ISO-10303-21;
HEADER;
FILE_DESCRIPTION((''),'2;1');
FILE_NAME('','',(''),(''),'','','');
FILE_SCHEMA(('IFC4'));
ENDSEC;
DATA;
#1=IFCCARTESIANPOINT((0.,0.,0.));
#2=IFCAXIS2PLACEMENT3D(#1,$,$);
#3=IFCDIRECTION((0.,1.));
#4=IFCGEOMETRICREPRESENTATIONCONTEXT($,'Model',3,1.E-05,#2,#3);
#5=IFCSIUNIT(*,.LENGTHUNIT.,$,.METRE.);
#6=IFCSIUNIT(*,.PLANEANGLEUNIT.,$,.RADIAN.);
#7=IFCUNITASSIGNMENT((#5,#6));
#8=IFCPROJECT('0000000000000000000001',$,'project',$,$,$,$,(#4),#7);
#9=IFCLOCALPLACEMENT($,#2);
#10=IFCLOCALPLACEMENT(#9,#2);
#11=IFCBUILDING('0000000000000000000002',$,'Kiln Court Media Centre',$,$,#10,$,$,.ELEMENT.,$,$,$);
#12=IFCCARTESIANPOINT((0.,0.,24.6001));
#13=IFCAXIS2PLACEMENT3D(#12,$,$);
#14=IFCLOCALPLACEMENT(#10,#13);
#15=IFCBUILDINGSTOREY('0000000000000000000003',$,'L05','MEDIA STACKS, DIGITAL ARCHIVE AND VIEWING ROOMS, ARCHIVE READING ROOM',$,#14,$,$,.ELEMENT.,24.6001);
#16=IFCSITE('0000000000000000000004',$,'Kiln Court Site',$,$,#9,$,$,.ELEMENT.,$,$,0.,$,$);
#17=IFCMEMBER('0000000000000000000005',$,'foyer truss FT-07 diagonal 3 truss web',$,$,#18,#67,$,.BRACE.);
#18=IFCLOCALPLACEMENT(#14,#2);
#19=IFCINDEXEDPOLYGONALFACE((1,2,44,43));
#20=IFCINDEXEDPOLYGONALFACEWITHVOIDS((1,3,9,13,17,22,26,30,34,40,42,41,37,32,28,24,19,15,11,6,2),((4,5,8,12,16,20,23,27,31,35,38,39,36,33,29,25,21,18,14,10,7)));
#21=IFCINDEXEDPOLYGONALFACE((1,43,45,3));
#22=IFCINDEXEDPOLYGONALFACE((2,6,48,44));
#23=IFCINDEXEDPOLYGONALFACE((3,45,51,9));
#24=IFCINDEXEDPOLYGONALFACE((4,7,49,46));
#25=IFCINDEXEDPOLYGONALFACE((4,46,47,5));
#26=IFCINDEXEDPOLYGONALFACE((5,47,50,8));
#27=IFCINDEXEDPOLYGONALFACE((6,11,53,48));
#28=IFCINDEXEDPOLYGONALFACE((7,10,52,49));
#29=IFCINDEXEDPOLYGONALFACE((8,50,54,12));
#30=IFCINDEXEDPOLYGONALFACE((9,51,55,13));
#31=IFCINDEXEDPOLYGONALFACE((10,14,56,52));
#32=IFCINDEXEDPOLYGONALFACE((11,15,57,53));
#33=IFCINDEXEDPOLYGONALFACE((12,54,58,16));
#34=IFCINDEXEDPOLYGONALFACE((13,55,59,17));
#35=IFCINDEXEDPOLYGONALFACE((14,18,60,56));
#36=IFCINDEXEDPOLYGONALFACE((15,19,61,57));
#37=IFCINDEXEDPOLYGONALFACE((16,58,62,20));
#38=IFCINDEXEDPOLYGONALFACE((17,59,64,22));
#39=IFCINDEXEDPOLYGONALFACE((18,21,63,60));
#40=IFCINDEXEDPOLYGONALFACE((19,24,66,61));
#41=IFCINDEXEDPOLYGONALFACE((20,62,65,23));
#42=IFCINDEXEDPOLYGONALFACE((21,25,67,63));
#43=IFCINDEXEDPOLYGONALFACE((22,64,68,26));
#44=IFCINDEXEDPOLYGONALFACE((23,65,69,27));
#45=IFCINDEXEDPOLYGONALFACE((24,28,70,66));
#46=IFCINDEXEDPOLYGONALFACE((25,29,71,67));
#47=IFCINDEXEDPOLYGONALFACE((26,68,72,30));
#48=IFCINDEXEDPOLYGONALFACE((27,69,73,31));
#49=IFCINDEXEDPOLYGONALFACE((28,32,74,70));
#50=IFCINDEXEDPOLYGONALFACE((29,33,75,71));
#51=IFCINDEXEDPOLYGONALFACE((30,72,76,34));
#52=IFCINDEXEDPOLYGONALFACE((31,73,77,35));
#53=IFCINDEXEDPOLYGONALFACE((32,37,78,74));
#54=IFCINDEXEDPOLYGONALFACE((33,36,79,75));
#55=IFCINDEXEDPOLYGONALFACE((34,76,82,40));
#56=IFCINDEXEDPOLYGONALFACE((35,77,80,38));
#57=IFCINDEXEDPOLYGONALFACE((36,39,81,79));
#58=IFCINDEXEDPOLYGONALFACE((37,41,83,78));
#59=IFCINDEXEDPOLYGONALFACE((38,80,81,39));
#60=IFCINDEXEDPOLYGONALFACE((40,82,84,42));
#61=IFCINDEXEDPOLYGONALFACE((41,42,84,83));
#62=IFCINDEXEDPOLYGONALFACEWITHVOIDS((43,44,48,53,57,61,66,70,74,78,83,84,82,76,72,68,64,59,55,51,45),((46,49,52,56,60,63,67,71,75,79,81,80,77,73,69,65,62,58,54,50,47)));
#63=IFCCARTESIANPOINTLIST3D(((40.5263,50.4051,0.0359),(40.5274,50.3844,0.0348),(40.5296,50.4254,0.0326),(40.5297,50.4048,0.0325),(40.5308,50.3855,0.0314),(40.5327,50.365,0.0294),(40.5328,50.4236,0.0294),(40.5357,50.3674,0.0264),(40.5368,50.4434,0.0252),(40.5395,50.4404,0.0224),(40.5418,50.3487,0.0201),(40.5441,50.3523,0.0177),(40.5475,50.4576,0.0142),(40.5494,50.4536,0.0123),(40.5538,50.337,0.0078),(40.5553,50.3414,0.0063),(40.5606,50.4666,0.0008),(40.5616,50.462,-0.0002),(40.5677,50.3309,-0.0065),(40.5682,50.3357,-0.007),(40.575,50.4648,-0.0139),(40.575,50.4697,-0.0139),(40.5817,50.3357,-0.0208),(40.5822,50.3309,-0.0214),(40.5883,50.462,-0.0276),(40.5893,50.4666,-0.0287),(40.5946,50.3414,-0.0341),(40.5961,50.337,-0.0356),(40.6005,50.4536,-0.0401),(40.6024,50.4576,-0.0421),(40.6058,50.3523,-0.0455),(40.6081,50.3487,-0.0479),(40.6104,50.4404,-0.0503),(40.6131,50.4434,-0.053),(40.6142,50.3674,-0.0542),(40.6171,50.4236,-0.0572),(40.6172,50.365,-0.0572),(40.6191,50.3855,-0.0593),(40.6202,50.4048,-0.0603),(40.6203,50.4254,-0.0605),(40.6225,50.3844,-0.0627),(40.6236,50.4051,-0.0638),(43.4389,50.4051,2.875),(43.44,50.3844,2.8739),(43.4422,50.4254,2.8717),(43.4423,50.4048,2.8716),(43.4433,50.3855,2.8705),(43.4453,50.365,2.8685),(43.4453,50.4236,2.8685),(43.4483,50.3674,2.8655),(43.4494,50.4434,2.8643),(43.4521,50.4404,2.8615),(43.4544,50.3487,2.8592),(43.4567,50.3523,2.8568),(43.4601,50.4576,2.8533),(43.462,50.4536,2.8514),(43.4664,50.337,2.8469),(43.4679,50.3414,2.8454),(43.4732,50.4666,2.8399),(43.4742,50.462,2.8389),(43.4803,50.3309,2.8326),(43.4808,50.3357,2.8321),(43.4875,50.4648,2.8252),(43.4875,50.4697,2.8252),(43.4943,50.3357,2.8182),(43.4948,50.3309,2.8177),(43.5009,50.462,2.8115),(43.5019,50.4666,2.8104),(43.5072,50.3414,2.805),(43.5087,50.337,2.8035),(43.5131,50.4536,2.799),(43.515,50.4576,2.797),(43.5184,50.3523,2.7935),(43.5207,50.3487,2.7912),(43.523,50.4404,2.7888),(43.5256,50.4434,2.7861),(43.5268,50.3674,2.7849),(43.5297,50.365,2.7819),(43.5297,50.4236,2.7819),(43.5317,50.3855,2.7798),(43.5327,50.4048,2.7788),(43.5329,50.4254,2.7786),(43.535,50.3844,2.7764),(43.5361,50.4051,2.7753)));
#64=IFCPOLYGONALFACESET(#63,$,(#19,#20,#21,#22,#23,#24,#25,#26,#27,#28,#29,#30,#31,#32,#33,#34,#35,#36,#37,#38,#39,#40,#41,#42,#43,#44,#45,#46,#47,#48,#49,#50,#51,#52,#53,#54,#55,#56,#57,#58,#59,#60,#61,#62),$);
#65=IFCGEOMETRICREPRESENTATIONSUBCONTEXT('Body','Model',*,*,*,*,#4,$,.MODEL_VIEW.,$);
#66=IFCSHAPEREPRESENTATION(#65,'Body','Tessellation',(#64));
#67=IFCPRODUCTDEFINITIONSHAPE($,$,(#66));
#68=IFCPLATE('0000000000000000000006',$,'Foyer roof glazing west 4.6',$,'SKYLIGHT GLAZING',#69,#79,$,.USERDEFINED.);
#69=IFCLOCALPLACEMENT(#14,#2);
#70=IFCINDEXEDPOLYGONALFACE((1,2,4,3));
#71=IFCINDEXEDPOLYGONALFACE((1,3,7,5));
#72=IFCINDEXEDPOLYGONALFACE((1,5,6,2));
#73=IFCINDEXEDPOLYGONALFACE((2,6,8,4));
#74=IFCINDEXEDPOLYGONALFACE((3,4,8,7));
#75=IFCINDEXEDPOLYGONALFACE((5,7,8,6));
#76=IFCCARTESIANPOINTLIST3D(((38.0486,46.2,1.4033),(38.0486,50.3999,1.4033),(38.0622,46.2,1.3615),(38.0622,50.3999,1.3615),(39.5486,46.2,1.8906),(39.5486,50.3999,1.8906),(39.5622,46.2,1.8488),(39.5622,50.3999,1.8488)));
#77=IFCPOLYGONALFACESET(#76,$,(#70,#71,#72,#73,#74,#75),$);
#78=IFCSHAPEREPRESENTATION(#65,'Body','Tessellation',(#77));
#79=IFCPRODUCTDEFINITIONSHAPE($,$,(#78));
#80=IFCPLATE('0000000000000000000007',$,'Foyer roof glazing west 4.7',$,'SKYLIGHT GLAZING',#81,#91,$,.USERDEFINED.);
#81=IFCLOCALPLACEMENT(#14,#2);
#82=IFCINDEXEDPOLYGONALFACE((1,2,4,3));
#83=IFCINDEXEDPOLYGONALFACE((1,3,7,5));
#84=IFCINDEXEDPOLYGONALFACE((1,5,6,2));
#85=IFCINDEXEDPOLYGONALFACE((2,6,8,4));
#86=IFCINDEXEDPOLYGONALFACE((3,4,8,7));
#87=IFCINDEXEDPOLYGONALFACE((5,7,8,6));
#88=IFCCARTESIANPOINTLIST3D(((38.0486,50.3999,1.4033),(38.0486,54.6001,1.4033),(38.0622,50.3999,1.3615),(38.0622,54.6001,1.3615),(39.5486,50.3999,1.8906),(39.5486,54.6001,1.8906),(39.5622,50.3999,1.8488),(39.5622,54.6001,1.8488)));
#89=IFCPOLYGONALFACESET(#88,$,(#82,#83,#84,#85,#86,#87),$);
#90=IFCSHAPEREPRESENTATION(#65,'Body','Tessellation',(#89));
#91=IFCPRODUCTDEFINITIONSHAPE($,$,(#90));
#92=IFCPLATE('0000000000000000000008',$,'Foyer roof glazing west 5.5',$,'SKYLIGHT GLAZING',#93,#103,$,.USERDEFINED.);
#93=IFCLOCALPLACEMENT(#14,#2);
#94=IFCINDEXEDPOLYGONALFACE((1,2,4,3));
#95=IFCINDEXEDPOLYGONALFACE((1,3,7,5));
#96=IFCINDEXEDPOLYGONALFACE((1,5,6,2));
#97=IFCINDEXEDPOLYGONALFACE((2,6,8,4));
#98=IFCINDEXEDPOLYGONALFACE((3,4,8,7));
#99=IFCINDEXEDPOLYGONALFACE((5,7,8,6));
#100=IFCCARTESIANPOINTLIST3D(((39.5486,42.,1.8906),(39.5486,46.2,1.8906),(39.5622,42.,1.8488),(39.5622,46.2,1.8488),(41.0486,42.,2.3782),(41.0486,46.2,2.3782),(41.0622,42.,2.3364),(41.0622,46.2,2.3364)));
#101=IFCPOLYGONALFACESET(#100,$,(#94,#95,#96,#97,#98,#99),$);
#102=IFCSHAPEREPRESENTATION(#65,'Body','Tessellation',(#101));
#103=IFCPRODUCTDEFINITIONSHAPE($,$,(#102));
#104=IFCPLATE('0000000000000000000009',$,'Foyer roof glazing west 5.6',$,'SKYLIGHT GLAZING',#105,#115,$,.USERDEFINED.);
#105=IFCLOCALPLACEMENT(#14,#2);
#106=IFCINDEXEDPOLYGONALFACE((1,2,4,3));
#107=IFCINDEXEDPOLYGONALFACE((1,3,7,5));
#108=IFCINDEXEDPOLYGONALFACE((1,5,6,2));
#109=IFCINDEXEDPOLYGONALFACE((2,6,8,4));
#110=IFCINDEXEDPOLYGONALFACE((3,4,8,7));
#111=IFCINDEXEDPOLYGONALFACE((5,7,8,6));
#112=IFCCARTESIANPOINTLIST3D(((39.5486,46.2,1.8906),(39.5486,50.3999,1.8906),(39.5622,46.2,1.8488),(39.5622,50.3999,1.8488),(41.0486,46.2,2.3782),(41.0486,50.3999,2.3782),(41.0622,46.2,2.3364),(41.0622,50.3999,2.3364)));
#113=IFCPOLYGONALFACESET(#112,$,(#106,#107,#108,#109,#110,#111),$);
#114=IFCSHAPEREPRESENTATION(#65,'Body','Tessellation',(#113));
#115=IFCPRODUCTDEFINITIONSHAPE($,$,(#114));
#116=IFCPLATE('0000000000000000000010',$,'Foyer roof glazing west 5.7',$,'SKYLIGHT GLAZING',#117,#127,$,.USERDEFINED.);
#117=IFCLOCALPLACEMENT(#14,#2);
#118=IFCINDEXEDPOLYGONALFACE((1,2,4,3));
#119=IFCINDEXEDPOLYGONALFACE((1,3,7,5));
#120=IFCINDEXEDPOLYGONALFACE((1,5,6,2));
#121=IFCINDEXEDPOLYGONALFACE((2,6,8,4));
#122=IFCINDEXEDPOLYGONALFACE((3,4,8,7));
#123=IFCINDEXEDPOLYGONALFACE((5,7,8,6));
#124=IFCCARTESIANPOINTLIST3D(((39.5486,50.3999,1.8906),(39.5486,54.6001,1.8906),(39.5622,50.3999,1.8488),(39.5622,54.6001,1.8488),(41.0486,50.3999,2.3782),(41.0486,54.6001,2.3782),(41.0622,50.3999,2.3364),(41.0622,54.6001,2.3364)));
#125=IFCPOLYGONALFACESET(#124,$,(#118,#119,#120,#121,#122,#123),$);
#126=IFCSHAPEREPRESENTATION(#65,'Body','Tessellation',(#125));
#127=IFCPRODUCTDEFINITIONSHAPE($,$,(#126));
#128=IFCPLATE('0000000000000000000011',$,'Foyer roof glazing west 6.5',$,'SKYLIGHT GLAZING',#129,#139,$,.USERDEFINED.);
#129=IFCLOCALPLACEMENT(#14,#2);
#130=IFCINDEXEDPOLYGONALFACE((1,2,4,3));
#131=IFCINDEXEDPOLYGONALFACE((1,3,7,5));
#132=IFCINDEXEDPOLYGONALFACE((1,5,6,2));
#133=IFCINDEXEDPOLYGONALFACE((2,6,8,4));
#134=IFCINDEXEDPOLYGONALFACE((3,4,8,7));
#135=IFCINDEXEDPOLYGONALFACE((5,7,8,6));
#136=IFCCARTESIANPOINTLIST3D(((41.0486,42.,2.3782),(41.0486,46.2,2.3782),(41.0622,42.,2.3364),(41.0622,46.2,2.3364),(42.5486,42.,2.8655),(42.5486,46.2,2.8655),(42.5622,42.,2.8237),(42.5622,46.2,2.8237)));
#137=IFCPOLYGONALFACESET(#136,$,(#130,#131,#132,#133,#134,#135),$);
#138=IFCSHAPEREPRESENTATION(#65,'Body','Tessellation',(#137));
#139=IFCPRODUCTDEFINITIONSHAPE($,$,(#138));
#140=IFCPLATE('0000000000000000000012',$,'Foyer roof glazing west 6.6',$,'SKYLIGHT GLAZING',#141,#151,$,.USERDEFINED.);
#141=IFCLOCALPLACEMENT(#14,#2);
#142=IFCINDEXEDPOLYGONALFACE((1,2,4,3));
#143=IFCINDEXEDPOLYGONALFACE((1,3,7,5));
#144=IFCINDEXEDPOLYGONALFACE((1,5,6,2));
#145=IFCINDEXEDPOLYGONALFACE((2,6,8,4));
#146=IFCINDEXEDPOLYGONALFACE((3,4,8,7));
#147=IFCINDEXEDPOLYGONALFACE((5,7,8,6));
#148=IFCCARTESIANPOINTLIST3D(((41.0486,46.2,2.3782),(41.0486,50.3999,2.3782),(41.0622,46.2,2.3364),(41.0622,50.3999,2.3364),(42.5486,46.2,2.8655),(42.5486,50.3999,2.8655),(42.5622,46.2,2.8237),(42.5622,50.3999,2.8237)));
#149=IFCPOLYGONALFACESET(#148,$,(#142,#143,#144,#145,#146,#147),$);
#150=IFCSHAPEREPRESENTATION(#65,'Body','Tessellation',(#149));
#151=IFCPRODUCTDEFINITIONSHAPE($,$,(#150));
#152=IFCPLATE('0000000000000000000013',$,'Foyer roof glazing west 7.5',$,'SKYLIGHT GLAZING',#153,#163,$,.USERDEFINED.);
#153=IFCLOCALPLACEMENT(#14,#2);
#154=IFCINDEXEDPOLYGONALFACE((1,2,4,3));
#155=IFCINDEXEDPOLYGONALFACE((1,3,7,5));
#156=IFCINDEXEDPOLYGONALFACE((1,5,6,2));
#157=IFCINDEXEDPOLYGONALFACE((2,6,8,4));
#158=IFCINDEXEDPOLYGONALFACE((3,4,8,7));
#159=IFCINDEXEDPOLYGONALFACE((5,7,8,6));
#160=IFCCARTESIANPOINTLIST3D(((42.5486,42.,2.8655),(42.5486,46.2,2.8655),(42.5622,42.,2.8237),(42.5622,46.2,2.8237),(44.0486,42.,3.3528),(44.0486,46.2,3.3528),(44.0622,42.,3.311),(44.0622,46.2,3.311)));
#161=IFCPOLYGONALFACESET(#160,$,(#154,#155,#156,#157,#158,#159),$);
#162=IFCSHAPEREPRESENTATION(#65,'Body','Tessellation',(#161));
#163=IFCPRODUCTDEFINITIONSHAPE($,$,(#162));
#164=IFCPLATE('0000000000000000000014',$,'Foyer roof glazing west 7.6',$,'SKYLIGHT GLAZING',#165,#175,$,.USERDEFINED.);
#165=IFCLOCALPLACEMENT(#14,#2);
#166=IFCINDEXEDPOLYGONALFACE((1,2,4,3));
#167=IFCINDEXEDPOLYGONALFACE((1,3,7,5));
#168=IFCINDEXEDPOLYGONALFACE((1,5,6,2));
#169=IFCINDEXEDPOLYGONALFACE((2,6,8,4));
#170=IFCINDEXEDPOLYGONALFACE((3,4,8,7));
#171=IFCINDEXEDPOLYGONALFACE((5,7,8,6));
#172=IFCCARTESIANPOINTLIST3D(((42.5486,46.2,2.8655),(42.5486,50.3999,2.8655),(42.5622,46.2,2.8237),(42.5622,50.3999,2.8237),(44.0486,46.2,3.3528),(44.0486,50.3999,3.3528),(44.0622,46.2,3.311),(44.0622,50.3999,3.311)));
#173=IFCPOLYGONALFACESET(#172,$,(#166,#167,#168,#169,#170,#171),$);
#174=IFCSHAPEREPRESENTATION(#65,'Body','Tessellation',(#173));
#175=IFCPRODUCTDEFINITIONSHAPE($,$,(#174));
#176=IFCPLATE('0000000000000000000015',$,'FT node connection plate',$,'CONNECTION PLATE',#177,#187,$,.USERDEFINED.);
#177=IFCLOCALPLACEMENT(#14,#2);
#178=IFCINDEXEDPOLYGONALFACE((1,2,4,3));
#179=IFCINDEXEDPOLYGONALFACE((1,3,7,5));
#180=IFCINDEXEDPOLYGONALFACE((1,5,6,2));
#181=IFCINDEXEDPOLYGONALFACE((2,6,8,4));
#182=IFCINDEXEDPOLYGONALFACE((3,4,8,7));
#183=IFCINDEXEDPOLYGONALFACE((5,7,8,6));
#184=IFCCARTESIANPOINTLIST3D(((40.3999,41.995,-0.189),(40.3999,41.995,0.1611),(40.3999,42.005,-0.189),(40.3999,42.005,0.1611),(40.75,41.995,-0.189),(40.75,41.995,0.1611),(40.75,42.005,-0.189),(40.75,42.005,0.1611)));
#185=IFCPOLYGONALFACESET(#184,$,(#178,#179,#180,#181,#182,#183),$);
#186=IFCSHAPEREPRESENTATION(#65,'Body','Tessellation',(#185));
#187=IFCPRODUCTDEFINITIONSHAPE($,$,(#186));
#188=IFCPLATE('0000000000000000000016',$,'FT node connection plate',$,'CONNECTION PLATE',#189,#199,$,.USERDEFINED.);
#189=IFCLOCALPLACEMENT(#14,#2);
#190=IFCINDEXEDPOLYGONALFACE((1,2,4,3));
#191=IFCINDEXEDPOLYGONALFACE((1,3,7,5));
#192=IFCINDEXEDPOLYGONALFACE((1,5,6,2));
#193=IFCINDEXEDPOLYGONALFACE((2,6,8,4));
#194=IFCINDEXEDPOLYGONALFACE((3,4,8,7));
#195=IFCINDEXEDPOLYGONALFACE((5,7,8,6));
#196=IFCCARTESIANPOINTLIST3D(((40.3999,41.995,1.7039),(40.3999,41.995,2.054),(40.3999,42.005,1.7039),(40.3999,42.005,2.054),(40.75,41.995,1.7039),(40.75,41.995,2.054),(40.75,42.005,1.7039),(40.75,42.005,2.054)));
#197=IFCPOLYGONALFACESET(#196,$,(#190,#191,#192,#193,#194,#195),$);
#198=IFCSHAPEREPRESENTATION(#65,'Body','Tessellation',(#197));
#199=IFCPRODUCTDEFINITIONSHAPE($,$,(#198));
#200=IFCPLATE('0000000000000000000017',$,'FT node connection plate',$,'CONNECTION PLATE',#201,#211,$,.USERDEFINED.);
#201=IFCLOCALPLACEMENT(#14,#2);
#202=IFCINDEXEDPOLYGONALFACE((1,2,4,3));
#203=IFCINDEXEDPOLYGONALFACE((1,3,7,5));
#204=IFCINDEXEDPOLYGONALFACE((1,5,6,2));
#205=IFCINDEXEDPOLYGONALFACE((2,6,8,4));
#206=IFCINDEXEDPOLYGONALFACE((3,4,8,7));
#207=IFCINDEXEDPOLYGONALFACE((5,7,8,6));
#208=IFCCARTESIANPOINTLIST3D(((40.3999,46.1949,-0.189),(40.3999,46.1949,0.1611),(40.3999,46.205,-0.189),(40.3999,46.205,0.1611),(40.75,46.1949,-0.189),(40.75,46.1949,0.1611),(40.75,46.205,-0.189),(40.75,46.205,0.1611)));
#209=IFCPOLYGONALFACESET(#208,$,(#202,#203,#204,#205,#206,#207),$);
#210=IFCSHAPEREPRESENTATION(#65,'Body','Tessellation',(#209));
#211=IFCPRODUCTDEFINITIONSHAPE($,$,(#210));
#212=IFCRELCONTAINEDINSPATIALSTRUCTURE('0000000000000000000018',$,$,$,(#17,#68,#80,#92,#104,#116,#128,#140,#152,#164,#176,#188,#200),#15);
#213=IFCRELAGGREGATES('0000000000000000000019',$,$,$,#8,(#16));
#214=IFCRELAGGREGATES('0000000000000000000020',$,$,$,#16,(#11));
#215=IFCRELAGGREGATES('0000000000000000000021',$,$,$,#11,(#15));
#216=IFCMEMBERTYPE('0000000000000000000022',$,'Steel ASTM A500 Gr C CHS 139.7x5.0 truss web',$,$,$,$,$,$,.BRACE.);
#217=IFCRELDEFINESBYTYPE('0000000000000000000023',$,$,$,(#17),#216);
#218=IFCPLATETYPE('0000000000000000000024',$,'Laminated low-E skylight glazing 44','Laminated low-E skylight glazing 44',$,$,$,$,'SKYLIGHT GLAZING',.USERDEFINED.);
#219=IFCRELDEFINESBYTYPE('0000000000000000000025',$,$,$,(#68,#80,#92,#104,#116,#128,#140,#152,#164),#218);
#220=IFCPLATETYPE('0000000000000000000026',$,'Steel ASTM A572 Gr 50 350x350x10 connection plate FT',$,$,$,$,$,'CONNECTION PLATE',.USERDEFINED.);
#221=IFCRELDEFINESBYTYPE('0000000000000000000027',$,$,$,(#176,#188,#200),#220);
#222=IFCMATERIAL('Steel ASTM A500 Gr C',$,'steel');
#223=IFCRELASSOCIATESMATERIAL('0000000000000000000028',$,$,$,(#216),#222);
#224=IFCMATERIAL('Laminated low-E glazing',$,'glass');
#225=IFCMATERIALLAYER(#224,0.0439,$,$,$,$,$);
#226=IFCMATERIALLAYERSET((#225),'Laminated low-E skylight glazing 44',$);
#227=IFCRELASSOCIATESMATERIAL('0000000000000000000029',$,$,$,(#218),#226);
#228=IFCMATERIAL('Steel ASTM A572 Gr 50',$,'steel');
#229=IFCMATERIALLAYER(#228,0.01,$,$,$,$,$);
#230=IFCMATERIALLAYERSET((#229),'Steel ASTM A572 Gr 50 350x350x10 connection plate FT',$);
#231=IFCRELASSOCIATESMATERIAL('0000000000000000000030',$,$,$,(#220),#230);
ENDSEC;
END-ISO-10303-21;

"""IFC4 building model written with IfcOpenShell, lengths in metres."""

from ifc_helpers import new_model, si_unit, direction, frame, origin, origin_2d, place, context, subcontext, project, spatial, polyline, rectangle, hollow_circle, outline, extrude, material, layer, layer_set, material_profile, profile_set, type_object, element, save


model = new_model("IFC4")

# Units and contexts
model_context = context("Model", 3, precision=1e-05, world=origin(), true_north=direction((0.0, 1.0)))
body_context = subcontext(model_context, "Body", "Model", "MODEL_VIEW")
ifc_project = project(units=[si_unit("LENGTHUNIT", "METRE"), si_unit("PLANEANGLEUNIT", "RADIAN")], contexts=[model_context])

# Site, building, storey
site_placement = place(None, origin())
site = spatial("IfcSite", under=ifc_project, at=site_placement, Name="Kiln Court Site", CompositionType="ELEMENT", RefElevation=0.0)
building_placement = place(site_placement, origin())
building = spatial("IfcBuilding", under=site, at=building_placement, Name="Kiln Court Media Centre", CompositionType="ELEMENT")
storey_placement = place(building_placement, frame((0.0, 0.0, 24.6001)))
storey = spatial("IfcBuildingStorey", under=building, at=storey_placement, Name="L05", Description="MEDIA STACKS, DIGITAL ARCHIVE AND VIEWING ROOMS, ARCHIVE READING ROOM", CompositionType="ELEMENT", Elevation=24.6001)

# Member
ifc_material_1 = material(Name="Steel ASTM A500 Gr C", Category="steel")
ifc_material_profile_1 = material_profile(ifc_material_1, hollow_circle(Radius=0.0698, WallThickness=0.0049, at=origin_2d()), Name="CHS 139.7x5.0")
ifc_profile_set_1 = profile_set([ifc_material_profile_1], Name="Steel ASTM A500 Gr C")
member_type_1 = type_object("IfcMemberType", Name="Steel ASTM A500 Gr C CHS 139.7x5.0 truss web", PredefinedType="BRACE", material=ifc_profile_set_1)
member_1_placement = place(storey_placement, frame((40.575, 50.3999, -0.0139), z_axis=(0.716083, 0.0, 0.698016), x_axis=(0.0, 1.0, 0.0)))
element("IfcMember", 1, at=member_1_placement, inside=storey, type_object=member_type_1, Name="foyer truss FT-07 diagonal 3 truss web", PredefinedType="BRACE", context=body_context, shape_type="SweptSolid", body=[
    extrude(hollow_circle(Radius=0.0698, WallThickness=0.0049, at=origin_2d()), origin(), (0.0, 0.0, 1.0), 4.0674),
])

# Plates
ifc_material_2 = material(Name="Laminated low-E glazing", Category="glass")
ifc_layer_1 = layer(ifc_material_2, 0.0439)
ifc_layer_set_1 = layer_set([ifc_layer_1], Name="Laminated low-E skylight glazing 44")
plate_type_1 = type_object("IfcPlateType", Name="Laminated low-E skylight glazing 44", Description="Laminated low-E skylight glazing 44", ElementType="SKYLIGHT GLAZING", PredefinedType="USERDEFINED", material=ifc_layer_set_1)
plate_1_placement = place(storey_placement, frame((38.0486, 46.2, 1.4033), z_axis=(-0.308974, 0.0, 0.95107), x_axis=(0.95107, 0.0, 0.308974)))
element("IfcPlate", 2, at=plate_1_placement, inside=storey, type_object=plate_type_1, Name="Foyer roof glazing west 4.6", ObjectType="SKYLIGHT GLAZING", PredefinedType="USERDEFINED", context=body_context, shape_type="SweptSolid", body=[
    extrude(outline(polyline([(0.0, 0.0), (1.5772, 0.0), (1.5772, 4.2), (0.0, 4.2), (0.0, 0.0)])), origin(), (0.0, 0.0, -1.0), 0.0439),
])
plate_2_placement = place(storey_placement, frame((38.0486, 50.3999, 1.4033), z_axis=(-0.308974, 0.0, 0.95107), x_axis=(0.95107, 0.0, 0.308974)))
element("IfcPlate", 3, at=plate_2_placement, inside=storey, type_object=plate_type_1, Name="Foyer roof glazing west 4.7", ObjectType="SKYLIGHT GLAZING", PredefinedType="USERDEFINED", context=body_context, shape_type="SweptSolid", body=[
    extrude(outline(polyline([(0.0, 0.0), (1.5772, 0.0), (1.5772, 4.2002), (0.0, 4.2002), (0.0, 0.0)])), origin(), (0.0, 0.0, -1.0), 0.0439),
])
for number, where, z_axis, x_axis, name in (
    (4, (39.5486, 42.0, 1.8906), (-0.309114, 0.0, 0.951025), (0.951025, 0.0, 0.309114), "Foyer roof glazing west 5.5"),
    (5, (39.5486, 46.2, 1.8906), (-0.309114, 0.0, 0.951025), (0.951025, 0.0, 0.309114), "Foyer roof glazing west 5.6"),
):
    element("IfcPlate", number, at=place(storey_placement, frame(where, z_axis=z_axis, x_axis=x_axis)), inside=storey, type_object=plate_type_1, Name=name, ObjectType="SKYLIGHT GLAZING", PredefinedType="USERDEFINED", context=body_context, shape_type="SweptSolid", body=[
        extrude(outline(polyline([(0.0, 0.0), (1.5772, 0.0), (1.5772, 4.2), (0.0, 4.2), (0.0, 0.0)])), origin(), (0.0, 0.0, -1.0), 0.0439),
    ])
plate_3_placement = place(storey_placement, frame((39.5486, 50.3999, 1.8906), z_axis=(-0.309114, 0.0, 0.951025), x_axis=(0.951025, 0.0, 0.309114)))
element("IfcPlate", 6, at=plate_3_placement, inside=storey, type_object=plate_type_1, Name="Foyer roof glazing west 5.7", ObjectType="SKYLIGHT GLAZING", PredefinedType="USERDEFINED", context=body_context, shape_type="SweptSolid", body=[
    extrude(outline(polyline([(0.0, 0.0), (1.5772, 0.0), (1.5772, 4.2002), (0.0, 4.2002), (0.0, 0.0)])), origin(), (0.0, 0.0, -1.0), 0.0439),
])
for number, where, z_axis, x_axis, name in (
    (7, (41.0486, 42.0, 2.3782), (-0.308974, 0.0, 0.95107), (0.95107, 0.0, 0.308974), "Foyer roof glazing west 6.5"),
    (8, (41.0486, 46.2, 2.3782), (-0.308974, 0.0, 0.95107), (0.95107, 0.0, 0.308974), "Foyer roof glazing west 6.6"),
    (9, (42.5486, 42.0, 2.8655), (-0.308974, 0.0, 0.95107), (0.95107, 0.0, 0.308974), "Foyer roof glazing west 7.5"),
    (10, (42.5486, 46.2, 2.8655), (-0.308974, 0.0, 0.95107), (0.95107, 0.0, 0.308974), "Foyer roof glazing west 7.6"),
):
    element("IfcPlate", number, at=place(storey_placement, frame(where, z_axis=z_axis, x_axis=x_axis)), inside=storey, type_object=plate_type_1, Name=name, ObjectType="SKYLIGHT GLAZING", PredefinedType="USERDEFINED", context=body_context, shape_type="SweptSolid", body=[
        extrude(outline(polyline([(0.0, 0.0), (1.5772, 0.0), (1.5772, 4.2), (0.0, 4.2), (0.0, 0.0)])), origin(), (0.0, 0.0, -1.0), 0.0439),
    ])
ifc_material_3 = material(Name="Steel ASTM A572 Gr 50", Category="steel")
ifc_layer_2 = layer(ifc_material_3, 0.01)
ifc_layer_set_2 = layer_set([ifc_layer_2], Name="Steel ASTM A572 Gr 50 350x350x10 connection plate FT")
plate_type_2 = type_object("IfcPlateType", Name="Steel ASTM A572 Gr 50 350x350x10 connection plate FT", ElementType="CONNECTION PLATE", PredefinedType="USERDEFINED", material=ifc_layer_set_2)
for number, where, z_axis, x_axis, name in (
    (11, (40.575, 42.0, -0.189), (0.0, 0.0, 1.0), (1.0, 0.0, 0.0), "FT node connection plate"),
    (12, (40.575, 42.0, 1.7039), (0.0, 0.0, 1.0), (1.0, 0.0, 0.0), "FT node connection plate"),
    (13, (40.575, 46.2, -0.189), (0.0, 0.0, 1.0), (1.0, 0.0, 0.0), "FT node connection plate"),
):
    element("IfcPlate", number, at=place(storey_placement, frame(where, z_axis=z_axis, x_axis=x_axis)), inside=storey, type_object=plate_type_2, Name=name, ObjectType="CONNECTION PLATE", PredefinedType="USERDEFINED", context=body_context, shape_type="SweptSolid", body=[
        extrude(rectangle(XDim=0.3501, YDim=0.01, at=origin_2d()), origin(), (0.0, 0.0, 1.0), 0.3501),
    ])

save(model, "model.ifc")
